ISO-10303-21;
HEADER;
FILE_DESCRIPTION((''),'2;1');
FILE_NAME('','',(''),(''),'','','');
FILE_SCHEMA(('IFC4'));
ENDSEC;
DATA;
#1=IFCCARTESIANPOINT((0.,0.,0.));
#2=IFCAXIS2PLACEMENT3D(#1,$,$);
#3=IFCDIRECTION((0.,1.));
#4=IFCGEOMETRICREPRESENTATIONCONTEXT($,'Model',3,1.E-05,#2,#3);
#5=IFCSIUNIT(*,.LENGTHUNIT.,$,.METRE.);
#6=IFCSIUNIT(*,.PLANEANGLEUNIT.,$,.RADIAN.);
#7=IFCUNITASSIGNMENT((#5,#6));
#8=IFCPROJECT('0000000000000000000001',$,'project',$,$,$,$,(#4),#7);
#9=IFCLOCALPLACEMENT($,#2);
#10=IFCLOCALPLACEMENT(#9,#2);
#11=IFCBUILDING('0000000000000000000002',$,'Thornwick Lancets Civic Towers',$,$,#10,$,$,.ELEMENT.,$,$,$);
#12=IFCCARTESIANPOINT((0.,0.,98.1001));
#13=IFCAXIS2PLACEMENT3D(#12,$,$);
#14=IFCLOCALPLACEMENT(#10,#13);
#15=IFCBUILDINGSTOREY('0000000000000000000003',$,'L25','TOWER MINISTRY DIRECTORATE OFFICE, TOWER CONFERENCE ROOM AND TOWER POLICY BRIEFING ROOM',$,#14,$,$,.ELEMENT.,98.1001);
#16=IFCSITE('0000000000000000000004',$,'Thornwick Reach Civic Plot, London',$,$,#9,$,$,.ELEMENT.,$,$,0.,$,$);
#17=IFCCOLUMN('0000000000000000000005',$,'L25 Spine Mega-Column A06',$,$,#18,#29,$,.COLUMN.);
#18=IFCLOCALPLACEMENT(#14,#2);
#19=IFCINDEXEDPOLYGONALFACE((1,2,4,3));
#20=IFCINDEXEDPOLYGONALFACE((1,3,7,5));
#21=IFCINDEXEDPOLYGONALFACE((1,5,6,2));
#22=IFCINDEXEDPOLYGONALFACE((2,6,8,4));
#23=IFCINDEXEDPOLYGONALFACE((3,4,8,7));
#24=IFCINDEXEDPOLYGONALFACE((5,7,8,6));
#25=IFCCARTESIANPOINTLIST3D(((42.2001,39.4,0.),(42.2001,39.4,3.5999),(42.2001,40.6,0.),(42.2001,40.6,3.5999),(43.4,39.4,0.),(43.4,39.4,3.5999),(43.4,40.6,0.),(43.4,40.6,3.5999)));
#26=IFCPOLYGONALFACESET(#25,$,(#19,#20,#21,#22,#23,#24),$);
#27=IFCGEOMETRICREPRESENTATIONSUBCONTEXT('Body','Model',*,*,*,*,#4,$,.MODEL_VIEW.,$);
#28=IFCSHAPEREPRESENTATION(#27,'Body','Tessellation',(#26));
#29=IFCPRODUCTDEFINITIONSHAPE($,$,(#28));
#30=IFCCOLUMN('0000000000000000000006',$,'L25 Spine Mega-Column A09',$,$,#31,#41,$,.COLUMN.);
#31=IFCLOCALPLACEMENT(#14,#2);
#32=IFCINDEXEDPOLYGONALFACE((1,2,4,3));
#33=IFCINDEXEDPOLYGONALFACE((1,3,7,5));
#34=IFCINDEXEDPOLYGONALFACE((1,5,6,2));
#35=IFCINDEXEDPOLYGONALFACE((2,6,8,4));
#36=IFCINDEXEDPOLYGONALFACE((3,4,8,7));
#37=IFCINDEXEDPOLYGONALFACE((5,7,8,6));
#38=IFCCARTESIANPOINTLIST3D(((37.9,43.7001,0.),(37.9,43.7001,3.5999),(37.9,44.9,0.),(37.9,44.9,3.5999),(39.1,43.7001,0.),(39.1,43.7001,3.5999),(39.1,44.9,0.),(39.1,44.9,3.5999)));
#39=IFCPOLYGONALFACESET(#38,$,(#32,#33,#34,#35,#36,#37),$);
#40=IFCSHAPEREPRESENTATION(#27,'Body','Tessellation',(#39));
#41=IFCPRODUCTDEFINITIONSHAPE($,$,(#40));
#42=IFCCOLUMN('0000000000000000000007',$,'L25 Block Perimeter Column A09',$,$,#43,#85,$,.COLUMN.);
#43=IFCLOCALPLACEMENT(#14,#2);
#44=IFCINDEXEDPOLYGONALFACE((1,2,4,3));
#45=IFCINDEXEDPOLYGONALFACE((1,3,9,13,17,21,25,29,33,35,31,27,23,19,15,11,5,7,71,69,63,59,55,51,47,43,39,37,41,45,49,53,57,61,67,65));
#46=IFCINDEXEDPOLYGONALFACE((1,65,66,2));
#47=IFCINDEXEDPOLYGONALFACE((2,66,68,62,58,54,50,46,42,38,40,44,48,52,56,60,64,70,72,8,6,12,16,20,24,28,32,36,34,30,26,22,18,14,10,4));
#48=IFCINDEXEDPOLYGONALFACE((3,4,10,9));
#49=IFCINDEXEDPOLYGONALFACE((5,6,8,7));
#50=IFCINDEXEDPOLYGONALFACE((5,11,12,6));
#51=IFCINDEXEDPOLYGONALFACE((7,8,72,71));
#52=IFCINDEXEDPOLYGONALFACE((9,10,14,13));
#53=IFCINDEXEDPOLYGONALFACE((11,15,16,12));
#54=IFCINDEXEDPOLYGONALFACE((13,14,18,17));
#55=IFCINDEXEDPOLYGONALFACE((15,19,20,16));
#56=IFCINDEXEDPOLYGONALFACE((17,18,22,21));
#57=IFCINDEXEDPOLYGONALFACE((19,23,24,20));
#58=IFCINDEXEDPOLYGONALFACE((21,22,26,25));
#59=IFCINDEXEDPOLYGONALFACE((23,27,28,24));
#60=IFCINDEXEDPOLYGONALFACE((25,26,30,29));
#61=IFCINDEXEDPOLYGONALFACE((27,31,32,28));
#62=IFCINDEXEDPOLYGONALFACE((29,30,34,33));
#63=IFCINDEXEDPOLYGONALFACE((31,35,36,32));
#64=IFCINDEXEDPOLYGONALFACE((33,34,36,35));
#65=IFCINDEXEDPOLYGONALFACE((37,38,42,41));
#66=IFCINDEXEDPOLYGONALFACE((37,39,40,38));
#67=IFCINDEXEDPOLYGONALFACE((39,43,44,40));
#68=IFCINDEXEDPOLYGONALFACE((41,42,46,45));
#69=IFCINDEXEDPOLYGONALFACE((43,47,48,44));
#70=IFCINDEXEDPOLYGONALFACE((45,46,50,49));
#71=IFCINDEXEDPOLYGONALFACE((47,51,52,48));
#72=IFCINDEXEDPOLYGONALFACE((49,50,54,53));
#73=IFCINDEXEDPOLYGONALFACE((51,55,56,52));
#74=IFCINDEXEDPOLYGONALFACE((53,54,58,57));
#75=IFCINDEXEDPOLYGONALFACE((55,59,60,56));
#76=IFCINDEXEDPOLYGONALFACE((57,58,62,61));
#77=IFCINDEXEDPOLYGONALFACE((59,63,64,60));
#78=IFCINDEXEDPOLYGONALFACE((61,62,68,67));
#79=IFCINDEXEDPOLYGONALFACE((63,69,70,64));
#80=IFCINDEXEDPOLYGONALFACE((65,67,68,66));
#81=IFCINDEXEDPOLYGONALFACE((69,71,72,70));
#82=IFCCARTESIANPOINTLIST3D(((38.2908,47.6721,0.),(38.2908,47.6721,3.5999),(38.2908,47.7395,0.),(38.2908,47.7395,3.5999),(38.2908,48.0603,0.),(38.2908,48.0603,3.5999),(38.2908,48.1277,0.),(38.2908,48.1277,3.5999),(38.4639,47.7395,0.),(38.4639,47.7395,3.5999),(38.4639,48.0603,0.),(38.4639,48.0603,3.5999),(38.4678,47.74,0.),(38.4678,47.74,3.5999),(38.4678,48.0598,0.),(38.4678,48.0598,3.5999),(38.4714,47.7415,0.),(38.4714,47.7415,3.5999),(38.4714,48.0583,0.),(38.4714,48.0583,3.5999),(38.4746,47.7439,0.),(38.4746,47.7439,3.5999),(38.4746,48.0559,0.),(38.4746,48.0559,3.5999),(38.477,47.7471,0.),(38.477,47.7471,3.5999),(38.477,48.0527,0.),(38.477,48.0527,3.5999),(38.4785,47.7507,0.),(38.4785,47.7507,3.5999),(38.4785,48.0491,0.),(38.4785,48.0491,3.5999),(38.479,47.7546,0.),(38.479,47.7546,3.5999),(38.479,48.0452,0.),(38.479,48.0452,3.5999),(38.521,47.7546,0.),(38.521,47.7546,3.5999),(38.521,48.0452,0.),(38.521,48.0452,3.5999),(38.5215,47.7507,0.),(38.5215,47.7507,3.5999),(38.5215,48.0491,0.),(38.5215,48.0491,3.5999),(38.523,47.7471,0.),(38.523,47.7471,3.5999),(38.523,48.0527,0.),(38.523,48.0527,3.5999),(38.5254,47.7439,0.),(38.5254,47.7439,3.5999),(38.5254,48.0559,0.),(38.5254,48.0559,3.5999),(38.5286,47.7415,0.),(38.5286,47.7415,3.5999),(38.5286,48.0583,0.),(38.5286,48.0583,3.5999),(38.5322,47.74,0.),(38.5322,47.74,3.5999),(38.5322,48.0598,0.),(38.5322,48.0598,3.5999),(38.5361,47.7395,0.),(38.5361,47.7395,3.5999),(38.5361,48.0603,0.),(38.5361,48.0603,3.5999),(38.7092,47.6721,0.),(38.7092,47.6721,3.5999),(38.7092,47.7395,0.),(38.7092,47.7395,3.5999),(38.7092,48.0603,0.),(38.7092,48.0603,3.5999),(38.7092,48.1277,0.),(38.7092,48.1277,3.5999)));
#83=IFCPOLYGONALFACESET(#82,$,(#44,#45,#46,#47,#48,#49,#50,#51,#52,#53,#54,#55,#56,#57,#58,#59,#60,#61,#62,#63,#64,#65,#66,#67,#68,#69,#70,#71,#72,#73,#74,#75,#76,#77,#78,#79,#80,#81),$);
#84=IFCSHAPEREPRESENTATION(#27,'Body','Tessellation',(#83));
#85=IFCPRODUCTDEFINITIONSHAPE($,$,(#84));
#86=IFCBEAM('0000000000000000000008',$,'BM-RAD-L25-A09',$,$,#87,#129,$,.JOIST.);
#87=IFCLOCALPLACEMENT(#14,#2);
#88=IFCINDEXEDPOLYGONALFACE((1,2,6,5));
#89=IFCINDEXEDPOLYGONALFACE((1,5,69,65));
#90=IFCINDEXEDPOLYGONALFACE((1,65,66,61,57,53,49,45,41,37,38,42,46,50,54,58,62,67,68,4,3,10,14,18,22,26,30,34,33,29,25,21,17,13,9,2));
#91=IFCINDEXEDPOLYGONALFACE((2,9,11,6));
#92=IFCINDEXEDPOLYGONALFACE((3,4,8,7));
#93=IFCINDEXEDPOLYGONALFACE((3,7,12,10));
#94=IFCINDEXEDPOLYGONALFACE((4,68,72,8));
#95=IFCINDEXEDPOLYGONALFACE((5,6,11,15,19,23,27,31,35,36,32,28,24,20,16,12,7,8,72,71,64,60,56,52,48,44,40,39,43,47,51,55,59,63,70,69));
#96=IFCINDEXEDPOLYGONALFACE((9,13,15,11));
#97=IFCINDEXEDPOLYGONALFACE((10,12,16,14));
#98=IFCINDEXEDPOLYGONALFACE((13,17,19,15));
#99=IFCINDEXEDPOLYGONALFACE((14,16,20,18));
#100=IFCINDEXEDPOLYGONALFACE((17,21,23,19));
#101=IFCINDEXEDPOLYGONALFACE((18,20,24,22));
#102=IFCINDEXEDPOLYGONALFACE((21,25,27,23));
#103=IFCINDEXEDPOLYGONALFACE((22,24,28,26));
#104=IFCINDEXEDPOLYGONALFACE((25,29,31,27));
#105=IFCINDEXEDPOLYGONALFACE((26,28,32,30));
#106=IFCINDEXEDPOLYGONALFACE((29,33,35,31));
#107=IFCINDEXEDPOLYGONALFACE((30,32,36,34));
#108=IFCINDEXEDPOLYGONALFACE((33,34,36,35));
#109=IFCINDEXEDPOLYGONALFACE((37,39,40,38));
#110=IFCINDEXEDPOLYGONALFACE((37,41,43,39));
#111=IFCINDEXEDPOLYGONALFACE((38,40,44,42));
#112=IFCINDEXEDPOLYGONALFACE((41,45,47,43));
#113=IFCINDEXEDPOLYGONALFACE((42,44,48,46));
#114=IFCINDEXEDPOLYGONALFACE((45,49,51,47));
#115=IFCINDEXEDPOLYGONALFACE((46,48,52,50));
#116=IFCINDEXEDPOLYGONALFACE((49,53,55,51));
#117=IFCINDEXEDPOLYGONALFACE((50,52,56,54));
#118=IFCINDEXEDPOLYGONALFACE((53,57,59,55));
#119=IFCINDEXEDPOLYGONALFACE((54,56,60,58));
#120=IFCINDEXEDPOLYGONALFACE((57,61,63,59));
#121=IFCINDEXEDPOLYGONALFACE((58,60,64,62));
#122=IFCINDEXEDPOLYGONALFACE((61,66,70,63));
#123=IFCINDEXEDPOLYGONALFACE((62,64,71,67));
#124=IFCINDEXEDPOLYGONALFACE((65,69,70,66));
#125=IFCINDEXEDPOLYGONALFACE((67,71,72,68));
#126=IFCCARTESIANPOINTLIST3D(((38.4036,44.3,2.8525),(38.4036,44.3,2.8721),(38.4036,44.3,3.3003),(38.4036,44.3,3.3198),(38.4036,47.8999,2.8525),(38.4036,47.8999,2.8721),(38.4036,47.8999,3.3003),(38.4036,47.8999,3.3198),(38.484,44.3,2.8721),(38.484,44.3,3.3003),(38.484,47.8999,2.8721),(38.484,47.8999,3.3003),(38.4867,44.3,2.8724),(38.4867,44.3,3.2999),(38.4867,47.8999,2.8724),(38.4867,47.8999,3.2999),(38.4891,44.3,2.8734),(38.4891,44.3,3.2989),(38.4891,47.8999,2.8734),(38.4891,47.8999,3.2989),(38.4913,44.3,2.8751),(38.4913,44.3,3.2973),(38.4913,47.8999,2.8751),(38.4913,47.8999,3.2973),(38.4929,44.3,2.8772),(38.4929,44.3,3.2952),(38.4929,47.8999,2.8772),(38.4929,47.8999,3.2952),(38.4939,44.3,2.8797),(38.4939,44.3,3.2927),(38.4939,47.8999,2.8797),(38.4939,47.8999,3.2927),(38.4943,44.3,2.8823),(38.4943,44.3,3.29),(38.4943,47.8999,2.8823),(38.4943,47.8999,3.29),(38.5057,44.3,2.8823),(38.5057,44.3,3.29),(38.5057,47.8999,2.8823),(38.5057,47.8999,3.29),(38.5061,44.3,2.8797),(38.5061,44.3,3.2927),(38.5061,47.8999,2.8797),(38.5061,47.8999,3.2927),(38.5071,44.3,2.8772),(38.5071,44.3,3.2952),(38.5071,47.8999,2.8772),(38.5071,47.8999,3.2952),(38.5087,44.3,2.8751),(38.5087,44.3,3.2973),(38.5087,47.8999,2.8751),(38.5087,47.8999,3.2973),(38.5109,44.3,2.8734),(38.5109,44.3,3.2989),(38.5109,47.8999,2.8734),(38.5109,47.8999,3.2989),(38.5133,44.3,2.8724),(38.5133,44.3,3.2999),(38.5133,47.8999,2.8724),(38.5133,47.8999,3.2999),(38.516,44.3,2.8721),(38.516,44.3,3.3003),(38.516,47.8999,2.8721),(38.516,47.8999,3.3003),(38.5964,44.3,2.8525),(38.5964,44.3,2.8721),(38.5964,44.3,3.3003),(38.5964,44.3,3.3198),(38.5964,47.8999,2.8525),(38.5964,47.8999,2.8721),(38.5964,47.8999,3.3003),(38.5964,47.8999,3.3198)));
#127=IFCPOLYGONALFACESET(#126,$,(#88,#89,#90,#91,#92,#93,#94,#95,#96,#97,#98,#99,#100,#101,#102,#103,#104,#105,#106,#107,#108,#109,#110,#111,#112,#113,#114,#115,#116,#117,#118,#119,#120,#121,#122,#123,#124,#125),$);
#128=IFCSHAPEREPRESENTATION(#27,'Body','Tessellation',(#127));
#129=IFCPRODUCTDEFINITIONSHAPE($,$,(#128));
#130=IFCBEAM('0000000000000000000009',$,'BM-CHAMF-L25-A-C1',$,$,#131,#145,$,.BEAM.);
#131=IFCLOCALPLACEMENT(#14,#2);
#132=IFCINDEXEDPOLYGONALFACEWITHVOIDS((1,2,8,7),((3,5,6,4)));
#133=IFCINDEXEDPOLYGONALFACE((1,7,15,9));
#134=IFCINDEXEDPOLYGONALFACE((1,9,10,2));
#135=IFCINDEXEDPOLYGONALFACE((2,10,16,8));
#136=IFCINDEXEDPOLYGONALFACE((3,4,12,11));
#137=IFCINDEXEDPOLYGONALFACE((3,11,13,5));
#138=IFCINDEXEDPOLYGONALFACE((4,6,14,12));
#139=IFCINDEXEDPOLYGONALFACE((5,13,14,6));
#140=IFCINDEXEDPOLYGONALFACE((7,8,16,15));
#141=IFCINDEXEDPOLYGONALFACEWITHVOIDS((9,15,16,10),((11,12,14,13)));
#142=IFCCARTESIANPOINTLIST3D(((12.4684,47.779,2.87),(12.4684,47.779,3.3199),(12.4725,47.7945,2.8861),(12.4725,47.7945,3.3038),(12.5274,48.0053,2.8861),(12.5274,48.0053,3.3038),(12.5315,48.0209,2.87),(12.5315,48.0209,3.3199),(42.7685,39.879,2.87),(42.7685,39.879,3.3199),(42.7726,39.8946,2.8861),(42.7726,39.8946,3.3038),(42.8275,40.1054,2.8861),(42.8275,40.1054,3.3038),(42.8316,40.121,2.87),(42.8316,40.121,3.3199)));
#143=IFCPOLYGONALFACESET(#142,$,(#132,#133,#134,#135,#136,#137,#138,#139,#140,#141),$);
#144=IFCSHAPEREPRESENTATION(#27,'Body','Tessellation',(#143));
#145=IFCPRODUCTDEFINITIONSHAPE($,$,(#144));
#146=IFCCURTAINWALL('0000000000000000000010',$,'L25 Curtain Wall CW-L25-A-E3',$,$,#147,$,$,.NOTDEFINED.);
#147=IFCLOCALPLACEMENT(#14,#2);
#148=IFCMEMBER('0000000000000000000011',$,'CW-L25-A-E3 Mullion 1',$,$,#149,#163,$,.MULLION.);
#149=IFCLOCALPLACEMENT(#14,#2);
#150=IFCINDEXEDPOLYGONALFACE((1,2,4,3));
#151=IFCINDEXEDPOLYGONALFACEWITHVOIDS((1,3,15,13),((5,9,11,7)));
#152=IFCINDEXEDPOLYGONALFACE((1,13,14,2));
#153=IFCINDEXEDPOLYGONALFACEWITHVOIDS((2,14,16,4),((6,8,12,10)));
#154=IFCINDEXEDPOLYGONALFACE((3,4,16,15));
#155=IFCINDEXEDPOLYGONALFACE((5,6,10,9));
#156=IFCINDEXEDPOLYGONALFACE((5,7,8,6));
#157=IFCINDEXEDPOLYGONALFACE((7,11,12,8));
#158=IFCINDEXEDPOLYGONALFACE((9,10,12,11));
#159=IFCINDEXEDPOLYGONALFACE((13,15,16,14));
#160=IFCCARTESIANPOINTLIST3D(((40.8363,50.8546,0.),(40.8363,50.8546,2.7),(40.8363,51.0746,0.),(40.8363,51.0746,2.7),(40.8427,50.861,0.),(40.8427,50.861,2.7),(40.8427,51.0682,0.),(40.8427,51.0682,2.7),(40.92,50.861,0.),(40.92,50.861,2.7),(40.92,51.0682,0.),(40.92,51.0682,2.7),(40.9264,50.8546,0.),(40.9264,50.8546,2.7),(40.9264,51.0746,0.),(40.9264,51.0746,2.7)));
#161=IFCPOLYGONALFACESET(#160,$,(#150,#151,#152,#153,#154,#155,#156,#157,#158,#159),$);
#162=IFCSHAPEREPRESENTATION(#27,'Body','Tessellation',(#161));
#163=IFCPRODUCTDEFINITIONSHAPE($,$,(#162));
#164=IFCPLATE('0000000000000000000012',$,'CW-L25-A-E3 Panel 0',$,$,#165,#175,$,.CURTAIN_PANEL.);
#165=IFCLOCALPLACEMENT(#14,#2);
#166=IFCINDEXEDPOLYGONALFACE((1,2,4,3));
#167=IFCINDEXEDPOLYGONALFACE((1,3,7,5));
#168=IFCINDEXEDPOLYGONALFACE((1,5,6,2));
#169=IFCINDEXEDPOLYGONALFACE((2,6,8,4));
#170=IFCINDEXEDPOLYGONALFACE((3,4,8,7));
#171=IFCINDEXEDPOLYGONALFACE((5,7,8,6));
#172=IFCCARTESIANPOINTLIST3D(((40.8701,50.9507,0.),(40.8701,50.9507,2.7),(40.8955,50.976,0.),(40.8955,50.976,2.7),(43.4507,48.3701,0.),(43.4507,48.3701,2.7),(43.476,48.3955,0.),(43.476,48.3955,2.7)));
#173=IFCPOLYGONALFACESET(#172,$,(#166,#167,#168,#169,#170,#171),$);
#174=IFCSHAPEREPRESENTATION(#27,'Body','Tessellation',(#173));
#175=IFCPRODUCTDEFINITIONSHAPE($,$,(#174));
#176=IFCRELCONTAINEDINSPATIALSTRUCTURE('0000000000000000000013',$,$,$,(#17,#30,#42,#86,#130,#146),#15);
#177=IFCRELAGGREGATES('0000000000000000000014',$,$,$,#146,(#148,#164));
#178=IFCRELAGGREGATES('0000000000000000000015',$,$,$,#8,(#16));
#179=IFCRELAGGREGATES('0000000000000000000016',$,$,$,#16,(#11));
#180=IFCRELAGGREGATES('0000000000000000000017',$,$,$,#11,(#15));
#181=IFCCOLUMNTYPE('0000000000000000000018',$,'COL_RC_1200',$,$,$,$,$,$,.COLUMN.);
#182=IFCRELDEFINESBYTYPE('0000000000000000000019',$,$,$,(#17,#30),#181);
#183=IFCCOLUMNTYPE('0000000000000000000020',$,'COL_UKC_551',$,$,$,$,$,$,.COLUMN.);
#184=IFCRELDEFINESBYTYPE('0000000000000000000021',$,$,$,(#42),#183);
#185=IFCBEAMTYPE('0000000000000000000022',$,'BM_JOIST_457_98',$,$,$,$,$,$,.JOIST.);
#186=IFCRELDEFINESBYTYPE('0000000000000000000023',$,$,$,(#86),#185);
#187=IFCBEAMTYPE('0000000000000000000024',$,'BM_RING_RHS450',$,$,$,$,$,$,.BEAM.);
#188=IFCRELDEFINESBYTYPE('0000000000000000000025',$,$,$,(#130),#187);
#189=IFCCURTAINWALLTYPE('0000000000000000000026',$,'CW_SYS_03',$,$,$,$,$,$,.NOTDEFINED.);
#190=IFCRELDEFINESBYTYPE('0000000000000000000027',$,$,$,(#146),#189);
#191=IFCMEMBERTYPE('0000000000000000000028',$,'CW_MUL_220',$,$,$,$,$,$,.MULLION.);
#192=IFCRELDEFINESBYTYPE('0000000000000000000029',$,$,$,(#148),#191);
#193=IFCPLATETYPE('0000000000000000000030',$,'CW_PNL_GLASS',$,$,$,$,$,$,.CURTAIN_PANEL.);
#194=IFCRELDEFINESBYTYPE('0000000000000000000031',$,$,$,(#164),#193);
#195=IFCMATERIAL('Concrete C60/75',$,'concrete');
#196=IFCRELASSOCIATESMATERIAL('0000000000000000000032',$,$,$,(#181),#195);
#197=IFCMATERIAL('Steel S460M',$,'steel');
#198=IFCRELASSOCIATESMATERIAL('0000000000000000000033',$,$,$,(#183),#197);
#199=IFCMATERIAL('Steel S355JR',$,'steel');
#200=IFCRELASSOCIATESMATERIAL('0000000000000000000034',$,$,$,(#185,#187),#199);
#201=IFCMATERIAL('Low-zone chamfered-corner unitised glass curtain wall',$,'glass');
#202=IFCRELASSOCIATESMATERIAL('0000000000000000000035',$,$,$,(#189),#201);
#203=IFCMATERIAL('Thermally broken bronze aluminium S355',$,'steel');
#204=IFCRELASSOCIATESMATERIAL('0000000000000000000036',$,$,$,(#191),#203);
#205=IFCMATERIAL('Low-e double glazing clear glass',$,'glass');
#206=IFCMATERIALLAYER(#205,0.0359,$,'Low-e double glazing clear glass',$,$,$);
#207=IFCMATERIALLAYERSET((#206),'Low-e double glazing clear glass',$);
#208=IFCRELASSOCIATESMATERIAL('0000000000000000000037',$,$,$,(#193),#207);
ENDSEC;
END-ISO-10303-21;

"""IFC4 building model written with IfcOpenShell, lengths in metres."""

from ifc_helpers import new_model, si_unit, direction, frame, origin, origin_2d, place, context, subcontext, project, spatial, rectangle, hollow_rectangle, i_section, extrude, material, layer, layer_set, material_profile, profile_set, type_object, element, aggregate, save


model = new_model("IFC4")

# Units and contexts
model_context = context("Model", 3, precision=1e-05, world=origin(), true_north=direction((0.0, 1.0)))
body_context = subcontext(model_context, "Body", "Model", "MODEL_VIEW")
ifc_project = project(units=[si_unit("LENGTHUNIT", "METRE"), si_unit("PLANEANGLEUNIT", "RADIAN")], contexts=[model_context])

# Site, building, storey
site_placement = place(None, origin())
site = spatial("IfcSite", under=ifc_project, at=site_placement, Name="Thornwick Reach Civic Plot, London", CompositionType="ELEMENT", RefElevation=0.0)
building_placement = place(site_placement, origin())
building = spatial("IfcBuilding", under=site, at=building_placement, Name="Thornwick Lancets Civic Towers", CompositionType="ELEMENT")
storey_placement = place(building_placement, frame((0.0, 0.0, 98.1001)))
storey = spatial("IfcBuildingStorey", under=building, at=storey_placement, Name="L25", Description="TOWER MINISTRY DIRECTORATE OFFICE, TOWER CONFERENCE ROOM AND TOWER POLICY BRIEFING ROOM", CompositionType="ELEMENT", Elevation=98.1001)

# Columns
ifc_material_1 = material(Name="Concrete C60/75", Category="concrete")
ifc_material_profile_1 = material_profile(ifc_material_1, rectangle(XDim=1.2, YDim=1.2, at=origin_2d()), Name="RC 1200x1200")
ifc_profile_set_1 = profile_set([ifc_material_profile_1], Name="Concrete C60/75")
column_type_1 = type_object("IfcColumnType", Name="COL_RC_1200", PredefinedType="COLUMN", material=ifc_profile_set_1)
for number, where, z_axis, x_axis, name in (
    (1, (42.8, 40.0, 0.0), (0.0, 0.0, 1.0), (1.0, 0.0, 0.0), "L25 Spine Mega-Column A06"),
    (2, (38.5, 44.3, 0.0), (0.0, 0.0, 1.0), (1.0, 0.0, 0.0), "L25 Spine Mega-Column A09"),
):
    element("IfcColumn", number, at=place(storey_placement, frame(where, z_axis=z_axis, x_axis=x_axis)), inside=storey, type_object=column_type_1, Name=name, PredefinedType="COLUMN", context=body_context, shape_type="SweptSolid", body=[
        extrude(rectangle(XDim=1.2, YDim=1.2, at=origin_2d()), origin(), (0.0, 0.0, 1.0), 3.5999),
    ])
ifc_material_2 = material(Name="Steel S460M", Category="steel")
ifc_material_profile_2 = material_profile(ifc_material_2, i_section(OverallWidth=0.4185, OverallDepth=0.4556, WebThickness=0.042, FlangeThickness=0.0674, FilletRadius=0.0151, at=origin_2d()), Name="UKC 356x406x551")
ifc_profile_set_2 = profile_set([ifc_material_profile_2], Name="Steel S460M")
column_type_2 = type_object("IfcColumnType", Name="COL_UKC_551", PredefinedType="COLUMN", material=ifc_profile_set_2)
column_placement = place(storey_placement, frame((38.5, 47.8999, 0.0), z_axis=(0.0, 0.0, 1.0), x_axis=(1.0, 0.0, 0.0)))
element("IfcColumn", 3, at=column_placement, inside=storey, type_object=column_type_2, Name="L25 Block Perimeter Column A09", PredefinedType="COLUMN", context=body_context, shape_type="SweptSolid", body=[
    extrude(i_section(OverallWidth=0.4185, OverallDepth=0.4556, WebThickness=0.042, FlangeThickness=0.0674, FilletRadius=0.0151, at=origin_2d()), origin(), (0.0, 0.0, 1.0), 3.5999),
])

# Beams
ifc_material_3 = material(Name="Steel S355JR", Category="steel")
ifc_material_profile_3 = material_profile(ifc_material_3, i_section(OverallWidth=0.1929, OverallDepth=0.4673, WebThickness=0.0115, FlangeThickness=0.0195, FilletRadius=0.0103, at=origin_2d()), Name="UKB 457x191x98")
ifc_profile_set_3 = profile_set([ifc_material_profile_3], Name="Steel S355JR")
beam_type_1 = type_object("IfcBeamType", Name="BM_JOIST_457_98", PredefinedType="JOIST", material=ifc_profile_set_3)
beam_1_placement = place(storey_placement, frame((38.5, 44.3, 3.0862), z_axis=(0.0, 1.0, 0.0), x_axis=(-1.0, 0.0, 0.0)))
element("IfcBeam", 4, at=beam_1_placement, inside=storey, type_object=beam_type_1, Name="BM-RAD-L25-A09", PredefinedType="JOIST", context=body_context, shape_type="SweptSolid", body=[
    extrude(i_section(OverallWidth=0.1929, OverallDepth=0.4673, WebThickness=0.0115, FlangeThickness=0.0195, FilletRadius=0.0103, at=origin_2d()), origin(), (0.0, 0.0, 1.0), 3.5999),
])
ifc_material_profile_4 = material_profile(ifc_material_3, hollow_rectangle(XDim=0.25, YDim=0.45, WallThickness=0.0161, at=origin_2d()), Name="RHS 450x250x16")
ifc_profile_set_4 = profile_set([ifc_material_profile_4], Name="Steel S355JR")
beam_type_2 = type_object("IfcBeamType", Name="BM_RING_RHS450", PredefinedType="BEAM", material=ifc_profile_set_4)
beam_2_placement = place(storey_placement, frame((42.8, 40.0, 3.095), z_axis=(-0.967652, 0.252289, 0.0), x_axis=(-0.252289, -0.967652, 0.0)))
element("IfcBeam", 5, at=beam_2_placement, inside=storey, type_object=beam_type_2, Name="BM-CHAMF-L25-A-C1", PredefinedType="BEAM", context=body_context, shape_type="SweptSolid", body=[
    extrude(hollow_rectangle(XDim=0.25, YDim=0.45, WallThickness=0.0161, at=origin_2d()), origin(), (0.0, 0.0, 1.0), 31.313),
])

# Curtain wall, member, plate
ifc_material_4 = material(Name="Low-zone chamfered-corner unitised glass curtain wall", Category="glass")
curtain_wall_type = type_object("IfcCurtainWallType", Name="CW_SYS_03", PredefinedType="NOTDEFINED", material=ifc_material_4)
curtain_wall_placement = place(storey_placement, origin())
curtain_wall = element("IfcCurtainWall", 6, at=curtain_wall_placement, inside=storey, type_object=curtain_wall_type, Name="L25 Curtain Wall CW-L25-A-E3", PredefinedType="NOTDEFINED")
ifc_material_5 = material(Name="Thermally broken bronze aluminium S355", Category="steel")
ifc_material_profile_5 = material_profile(ifc_material_5, hollow_rectangle(XDim=0.0901, YDim=0.22, WallThickness=0.0063, at=origin_2d()), Name="RHS 220x90x6.3")
ifc_profile_set_5 = profile_set([ifc_material_profile_5], Name="Thermally broken bronze aluminium S355")
member_type = type_object("IfcMemberType", Name="CW_MUL_220", PredefinedType="MULLION", material=ifc_profile_set_5)
member_placement = place(storey_placement, frame((40.8813, 50.9646, 0.0), z_axis=(0.0, 0.0, 1.0), x_axis=(1.0, 0.0, 0.0)))
member = element("IfcMember", 7, at=member_placement, type_object=member_type, Name="CW-L25-A-E3 Mullion 1", PredefinedType="MULLION", context=body_context, shape_type="SweptSolid", body=[
    extrude(hollow_rectangle(XDim=0.0901, YDim=0.22, WallThickness=0.0063, at=origin_2d()), origin(), (0.0, 0.0, 1.0), 2.7),
])
ifc_material_6 = material(Name="Low-e double glazing clear glass", Category="glass")
ifc_layer_1 = layer(ifc_material_6, 0.0359, Name="Low-e double glazing clear glass")
ifc_layer_set_1 = layer_set([ifc_layer_1], Name="Low-e double glazing clear glass")
plate_type = type_object("IfcPlateType", Name="CW_PNL_GLASS", PredefinedType="CURTAIN_PANEL", material=ifc_layer_set_1)
plate_placement = place(storey_placement, frame((42.1731, 49.6731, 0.0), z_axis=(0.0, 0.0, 1.0), x_axis=(-0.707107, 0.707107, 0.0)))
plate = element("IfcPlate", 8, at=plate_placement, type_object=plate_type, Name="CW-L25-A-E3 Panel 0", PredefinedType="CURTAIN_PANEL", context=body_context, shape_type="SweptSolid", body=[
    extrude(rectangle(XDim=3.6494, YDim=0.0359, at=origin_2d()), origin(), (0.0, 0.0, 1.0), 2.7),
])
aggregate(curtain_wall, [member, plate])

save(model, "model.ifc")
